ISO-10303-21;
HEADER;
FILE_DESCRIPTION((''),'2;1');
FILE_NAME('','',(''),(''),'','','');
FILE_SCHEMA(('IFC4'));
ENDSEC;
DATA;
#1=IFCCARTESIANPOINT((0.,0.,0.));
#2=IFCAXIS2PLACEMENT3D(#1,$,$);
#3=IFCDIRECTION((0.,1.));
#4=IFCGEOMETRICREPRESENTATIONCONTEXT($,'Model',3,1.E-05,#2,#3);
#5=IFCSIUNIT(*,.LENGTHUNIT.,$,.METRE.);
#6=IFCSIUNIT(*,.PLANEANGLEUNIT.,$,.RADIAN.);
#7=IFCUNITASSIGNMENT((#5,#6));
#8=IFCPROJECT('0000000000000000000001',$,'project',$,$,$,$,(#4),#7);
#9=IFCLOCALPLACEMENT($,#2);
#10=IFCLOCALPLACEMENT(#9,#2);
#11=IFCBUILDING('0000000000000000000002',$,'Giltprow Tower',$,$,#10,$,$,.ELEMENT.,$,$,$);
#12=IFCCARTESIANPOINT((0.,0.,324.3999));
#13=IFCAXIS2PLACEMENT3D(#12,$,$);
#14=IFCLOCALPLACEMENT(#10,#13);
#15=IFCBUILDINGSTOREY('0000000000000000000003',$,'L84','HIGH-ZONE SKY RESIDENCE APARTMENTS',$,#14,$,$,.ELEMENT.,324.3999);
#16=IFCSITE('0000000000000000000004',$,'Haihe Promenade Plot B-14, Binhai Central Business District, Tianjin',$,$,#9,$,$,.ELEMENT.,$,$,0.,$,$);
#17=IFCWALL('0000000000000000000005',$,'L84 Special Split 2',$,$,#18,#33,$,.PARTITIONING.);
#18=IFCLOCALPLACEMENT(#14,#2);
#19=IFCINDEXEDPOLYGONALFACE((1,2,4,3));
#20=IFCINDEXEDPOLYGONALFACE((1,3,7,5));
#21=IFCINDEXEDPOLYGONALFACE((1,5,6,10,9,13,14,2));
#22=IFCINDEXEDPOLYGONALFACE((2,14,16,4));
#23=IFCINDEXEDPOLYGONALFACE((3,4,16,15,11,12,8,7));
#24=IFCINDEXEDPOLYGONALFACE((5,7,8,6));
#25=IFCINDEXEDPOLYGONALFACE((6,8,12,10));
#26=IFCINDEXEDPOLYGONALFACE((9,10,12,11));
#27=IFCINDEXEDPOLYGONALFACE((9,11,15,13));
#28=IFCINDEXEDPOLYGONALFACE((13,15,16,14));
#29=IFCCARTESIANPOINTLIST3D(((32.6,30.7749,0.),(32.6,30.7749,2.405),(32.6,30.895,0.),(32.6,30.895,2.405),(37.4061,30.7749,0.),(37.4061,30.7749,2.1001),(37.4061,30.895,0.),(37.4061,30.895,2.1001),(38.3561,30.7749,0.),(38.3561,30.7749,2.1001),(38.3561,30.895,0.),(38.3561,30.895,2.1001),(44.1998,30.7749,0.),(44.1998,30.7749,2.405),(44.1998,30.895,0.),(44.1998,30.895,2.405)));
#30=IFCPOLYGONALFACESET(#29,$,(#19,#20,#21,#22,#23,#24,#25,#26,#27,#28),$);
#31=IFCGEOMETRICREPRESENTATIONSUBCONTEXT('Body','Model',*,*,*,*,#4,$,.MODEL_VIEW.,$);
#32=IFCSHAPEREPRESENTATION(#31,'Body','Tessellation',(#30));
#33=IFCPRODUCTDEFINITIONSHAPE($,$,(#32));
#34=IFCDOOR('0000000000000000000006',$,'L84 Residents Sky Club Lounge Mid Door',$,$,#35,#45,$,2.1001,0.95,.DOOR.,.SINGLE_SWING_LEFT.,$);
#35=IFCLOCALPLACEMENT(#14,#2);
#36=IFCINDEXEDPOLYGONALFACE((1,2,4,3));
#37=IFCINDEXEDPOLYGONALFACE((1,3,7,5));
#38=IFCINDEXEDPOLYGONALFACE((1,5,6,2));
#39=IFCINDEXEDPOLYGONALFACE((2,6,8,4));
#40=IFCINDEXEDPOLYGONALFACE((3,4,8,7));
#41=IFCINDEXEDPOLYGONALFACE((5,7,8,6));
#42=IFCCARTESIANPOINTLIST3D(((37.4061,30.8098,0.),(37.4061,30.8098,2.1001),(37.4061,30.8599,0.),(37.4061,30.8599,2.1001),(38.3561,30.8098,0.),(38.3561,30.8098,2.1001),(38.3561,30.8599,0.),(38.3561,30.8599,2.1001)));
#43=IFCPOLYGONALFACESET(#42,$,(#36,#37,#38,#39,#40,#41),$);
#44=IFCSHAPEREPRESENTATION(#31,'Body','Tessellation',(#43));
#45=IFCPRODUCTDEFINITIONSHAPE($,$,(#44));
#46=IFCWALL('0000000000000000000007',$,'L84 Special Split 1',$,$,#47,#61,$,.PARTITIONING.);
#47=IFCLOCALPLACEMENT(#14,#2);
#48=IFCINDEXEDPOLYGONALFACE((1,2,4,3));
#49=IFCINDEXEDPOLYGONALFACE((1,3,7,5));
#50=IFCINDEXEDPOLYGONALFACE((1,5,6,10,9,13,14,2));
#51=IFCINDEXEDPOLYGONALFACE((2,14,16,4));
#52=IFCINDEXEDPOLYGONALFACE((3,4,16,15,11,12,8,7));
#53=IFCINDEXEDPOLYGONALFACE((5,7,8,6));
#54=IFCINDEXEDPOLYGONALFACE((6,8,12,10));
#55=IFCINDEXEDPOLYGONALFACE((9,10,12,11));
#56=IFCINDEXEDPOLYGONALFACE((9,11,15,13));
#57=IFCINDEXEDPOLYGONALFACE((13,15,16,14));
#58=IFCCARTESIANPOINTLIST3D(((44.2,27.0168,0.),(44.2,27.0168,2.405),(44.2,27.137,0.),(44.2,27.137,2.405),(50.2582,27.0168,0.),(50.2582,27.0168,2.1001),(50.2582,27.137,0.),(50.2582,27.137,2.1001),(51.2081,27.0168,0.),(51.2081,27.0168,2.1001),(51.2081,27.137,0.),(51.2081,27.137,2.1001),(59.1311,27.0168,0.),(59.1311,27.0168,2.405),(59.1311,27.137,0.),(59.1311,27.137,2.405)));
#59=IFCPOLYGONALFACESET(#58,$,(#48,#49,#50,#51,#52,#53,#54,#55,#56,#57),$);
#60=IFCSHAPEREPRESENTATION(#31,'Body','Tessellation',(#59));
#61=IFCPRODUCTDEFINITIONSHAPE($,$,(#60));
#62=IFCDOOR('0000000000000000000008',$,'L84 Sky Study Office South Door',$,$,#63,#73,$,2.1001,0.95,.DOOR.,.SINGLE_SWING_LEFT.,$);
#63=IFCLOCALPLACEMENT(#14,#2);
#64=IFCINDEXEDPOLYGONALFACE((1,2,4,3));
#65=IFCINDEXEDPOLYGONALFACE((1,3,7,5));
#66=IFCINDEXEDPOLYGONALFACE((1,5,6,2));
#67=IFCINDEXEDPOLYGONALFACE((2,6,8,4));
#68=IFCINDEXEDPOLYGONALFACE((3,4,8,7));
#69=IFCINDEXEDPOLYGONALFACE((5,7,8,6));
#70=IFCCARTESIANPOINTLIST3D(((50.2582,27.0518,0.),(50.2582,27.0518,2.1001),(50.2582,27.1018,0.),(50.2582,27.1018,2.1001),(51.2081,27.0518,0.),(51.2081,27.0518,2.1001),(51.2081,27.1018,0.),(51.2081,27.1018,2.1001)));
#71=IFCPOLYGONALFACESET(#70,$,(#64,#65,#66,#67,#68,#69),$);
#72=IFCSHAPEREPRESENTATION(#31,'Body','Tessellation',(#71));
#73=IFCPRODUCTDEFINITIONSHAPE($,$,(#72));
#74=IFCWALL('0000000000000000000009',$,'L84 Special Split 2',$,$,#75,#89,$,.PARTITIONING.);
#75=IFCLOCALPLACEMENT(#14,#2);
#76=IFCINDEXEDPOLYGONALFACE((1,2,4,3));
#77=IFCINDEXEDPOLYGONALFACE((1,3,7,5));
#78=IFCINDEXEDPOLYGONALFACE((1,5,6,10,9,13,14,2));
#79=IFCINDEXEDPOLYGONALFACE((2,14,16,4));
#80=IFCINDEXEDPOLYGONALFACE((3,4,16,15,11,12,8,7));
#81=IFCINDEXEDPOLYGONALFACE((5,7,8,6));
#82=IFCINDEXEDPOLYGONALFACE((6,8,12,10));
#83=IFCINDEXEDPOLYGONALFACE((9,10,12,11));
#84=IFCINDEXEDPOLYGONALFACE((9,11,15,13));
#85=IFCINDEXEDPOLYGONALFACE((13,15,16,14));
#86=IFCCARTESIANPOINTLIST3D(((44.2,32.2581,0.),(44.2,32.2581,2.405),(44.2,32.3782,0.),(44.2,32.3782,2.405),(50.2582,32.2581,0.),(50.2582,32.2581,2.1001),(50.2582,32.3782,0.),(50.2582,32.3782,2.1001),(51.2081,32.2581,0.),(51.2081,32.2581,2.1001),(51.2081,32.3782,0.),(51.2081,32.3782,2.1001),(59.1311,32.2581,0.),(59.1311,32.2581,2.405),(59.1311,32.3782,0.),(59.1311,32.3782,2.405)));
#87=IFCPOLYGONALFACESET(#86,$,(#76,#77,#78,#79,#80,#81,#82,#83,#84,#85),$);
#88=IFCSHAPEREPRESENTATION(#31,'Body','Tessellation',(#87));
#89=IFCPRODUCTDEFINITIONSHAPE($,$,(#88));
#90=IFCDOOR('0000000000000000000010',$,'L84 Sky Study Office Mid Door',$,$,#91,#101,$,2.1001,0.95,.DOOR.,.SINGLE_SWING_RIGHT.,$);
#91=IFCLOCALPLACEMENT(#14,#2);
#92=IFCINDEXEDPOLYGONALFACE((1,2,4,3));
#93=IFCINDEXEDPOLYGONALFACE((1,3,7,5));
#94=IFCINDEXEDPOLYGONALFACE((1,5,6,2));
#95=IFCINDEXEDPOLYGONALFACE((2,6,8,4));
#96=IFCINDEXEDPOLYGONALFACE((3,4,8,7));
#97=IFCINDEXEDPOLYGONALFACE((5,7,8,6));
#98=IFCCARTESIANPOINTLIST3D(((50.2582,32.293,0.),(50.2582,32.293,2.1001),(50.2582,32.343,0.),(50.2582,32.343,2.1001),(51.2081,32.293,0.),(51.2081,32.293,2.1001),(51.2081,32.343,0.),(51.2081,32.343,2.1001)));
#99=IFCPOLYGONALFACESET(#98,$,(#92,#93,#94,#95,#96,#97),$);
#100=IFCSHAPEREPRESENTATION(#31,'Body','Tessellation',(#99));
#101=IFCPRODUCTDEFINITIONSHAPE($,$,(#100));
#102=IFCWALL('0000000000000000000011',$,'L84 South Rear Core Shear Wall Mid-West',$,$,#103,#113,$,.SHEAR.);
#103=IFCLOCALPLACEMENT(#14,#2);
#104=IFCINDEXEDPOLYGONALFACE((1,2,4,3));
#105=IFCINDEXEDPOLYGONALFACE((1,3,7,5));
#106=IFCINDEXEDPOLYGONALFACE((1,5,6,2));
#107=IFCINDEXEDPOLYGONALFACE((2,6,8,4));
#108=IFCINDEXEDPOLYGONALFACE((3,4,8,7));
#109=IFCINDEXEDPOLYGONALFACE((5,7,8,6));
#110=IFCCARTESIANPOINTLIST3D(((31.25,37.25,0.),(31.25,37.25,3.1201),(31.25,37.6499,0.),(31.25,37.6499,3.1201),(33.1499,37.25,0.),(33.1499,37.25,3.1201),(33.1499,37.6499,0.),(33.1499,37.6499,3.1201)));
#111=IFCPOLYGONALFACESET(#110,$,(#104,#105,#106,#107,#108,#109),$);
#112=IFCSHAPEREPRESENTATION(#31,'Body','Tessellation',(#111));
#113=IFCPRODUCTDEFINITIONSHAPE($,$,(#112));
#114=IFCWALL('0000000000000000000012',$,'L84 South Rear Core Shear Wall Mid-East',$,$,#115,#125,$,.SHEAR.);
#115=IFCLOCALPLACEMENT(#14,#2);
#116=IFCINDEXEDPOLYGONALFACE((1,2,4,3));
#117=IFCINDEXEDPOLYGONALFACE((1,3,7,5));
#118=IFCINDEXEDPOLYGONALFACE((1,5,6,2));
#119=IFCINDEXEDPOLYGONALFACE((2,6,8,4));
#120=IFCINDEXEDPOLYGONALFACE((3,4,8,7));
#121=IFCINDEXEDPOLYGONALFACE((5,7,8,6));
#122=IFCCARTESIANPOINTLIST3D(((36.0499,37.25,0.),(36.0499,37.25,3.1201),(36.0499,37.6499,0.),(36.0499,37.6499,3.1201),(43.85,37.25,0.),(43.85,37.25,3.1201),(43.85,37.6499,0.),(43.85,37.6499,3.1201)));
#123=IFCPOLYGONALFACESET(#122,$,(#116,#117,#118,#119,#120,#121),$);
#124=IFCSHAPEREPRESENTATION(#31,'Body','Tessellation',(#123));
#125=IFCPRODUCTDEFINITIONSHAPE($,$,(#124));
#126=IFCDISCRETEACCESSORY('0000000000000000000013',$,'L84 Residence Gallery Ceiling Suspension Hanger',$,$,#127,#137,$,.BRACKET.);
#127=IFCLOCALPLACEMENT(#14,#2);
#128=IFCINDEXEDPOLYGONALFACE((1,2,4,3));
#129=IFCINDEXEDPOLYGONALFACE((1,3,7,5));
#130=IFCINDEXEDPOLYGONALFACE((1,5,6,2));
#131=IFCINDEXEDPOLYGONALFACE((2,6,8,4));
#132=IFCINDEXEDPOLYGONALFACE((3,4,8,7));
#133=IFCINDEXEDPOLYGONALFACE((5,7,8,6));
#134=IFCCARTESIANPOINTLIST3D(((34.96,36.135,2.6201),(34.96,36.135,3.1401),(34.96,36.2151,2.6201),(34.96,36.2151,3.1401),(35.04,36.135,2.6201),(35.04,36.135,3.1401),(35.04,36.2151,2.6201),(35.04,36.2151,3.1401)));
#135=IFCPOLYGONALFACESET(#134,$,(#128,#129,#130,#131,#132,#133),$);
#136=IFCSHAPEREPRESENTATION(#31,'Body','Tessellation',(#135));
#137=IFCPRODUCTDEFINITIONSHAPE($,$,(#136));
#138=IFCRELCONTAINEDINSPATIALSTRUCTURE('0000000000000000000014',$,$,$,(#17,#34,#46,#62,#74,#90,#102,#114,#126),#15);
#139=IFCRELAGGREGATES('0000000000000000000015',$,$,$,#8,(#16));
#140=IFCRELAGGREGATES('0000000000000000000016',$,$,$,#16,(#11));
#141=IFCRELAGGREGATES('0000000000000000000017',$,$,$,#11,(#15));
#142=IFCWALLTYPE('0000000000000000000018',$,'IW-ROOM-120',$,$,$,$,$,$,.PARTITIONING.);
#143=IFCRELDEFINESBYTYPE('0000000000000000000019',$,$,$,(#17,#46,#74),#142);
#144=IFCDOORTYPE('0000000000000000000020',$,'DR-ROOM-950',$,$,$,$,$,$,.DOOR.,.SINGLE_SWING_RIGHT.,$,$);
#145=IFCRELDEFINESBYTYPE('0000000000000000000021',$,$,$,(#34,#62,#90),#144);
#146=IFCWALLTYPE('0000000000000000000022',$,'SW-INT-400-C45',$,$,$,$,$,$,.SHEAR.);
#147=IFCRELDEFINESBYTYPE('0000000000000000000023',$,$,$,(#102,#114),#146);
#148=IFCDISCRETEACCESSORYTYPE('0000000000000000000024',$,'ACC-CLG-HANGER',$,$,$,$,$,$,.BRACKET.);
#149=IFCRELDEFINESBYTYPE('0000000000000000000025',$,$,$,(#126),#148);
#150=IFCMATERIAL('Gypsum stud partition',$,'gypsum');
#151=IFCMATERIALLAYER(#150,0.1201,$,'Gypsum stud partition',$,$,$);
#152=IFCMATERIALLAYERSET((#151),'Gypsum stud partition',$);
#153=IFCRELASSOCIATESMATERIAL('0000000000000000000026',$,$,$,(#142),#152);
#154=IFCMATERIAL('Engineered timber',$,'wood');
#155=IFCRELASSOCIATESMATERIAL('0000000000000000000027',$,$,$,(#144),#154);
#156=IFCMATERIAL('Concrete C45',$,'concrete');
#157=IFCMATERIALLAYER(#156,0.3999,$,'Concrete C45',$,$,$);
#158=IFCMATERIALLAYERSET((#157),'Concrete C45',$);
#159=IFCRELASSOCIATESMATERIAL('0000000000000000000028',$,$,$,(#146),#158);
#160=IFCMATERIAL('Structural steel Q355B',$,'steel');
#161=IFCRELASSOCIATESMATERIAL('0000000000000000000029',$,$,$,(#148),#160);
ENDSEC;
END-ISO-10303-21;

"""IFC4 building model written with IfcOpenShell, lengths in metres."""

from ifc_helpers import new_model, si_unit, direction, frame, frame_2d, origin, origin_2d, place, context, subcontext, project, spatial, rectangle, extrude, source, transform, mapped, material, layer, layer_set, type_object, element, fill, save


model = new_model("IFC4")

# Units and contexts
model_context = context("Model", 3, precision=1e-05, world=origin(), true_north=direction((0.0, 1.0)))
body_context = subcontext(model_context, "Body", "Model", "MODEL_VIEW")
ifc_project = project(units=[si_unit("LENGTHUNIT", "METRE"), si_unit("PLANEANGLEUNIT", "RADIAN")], contexts=[model_context])

# Site, building, storey
site_placement = place(None, origin())
site = spatial("IfcSite", under=ifc_project, at=site_placement, Name="Haihe Promenade Plot B-14, Binhai Central Business District, Tianjin", CompositionType="ELEMENT", RefElevation=0.0)
building_placement = place(site_placement, origin())
building = spatial("IfcBuilding", under=site, at=building_placement, Name="Giltprow Tower", CompositionType="ELEMENT")
storey_placement = place(building_placement, frame((0.0, 0.0, 324.3999)))
storey = spatial("IfcBuildingStorey", under=building, at=storey_placement, Name="L84", Description="HIGH-ZONE SKY RESIDENCE APARTMENTS", CompositionType="ELEMENT", Elevation=324.3999)

# Shared definitions
ifc_material_1 = material(Name="Concrete C45", Category="concrete")

# Shared definitions
ifc_material_2 = material(Name="Structural steel Q355B", Category="steel")

# Walls, openings, doors
ifc_material_3 = material(Name="Gypsum stud partition", Category="gypsum")
ifc_layer_1 = layer(ifc_material_3, 0.1201, Name="Gypsum stud partition")
ifc_layer_set_1 = layer_set([ifc_layer_1], Name="Gypsum stud partition")
wall_type_1 = type_object("IfcWallType", Name="IW-ROOM-120", PredefinedType="PARTITIONING", material=ifc_layer_set_1)
ifc_material_4 = material(Name="Engineered timber", Category="wood")
door_type = type_object("IfcDoorType", Name="DR-ROOM-950", OperationType="SINGLE_SWING_RIGHT", PredefinedType="DOOR", material=ifc_material_4)
shared_shape_1 = source(origin(), body_context, "Body", "SweptSolid", [
    extrude(rectangle(XDim=0.95, YDim=2.1001, at=frame_2d((0.4751, 1.05))), frame((0.0, 0.0249, 0.0), z_axis=(0.0, -1.0, 0.0), x_axis=(1.0, 0.0, 0.0)), (0.0, 0.0, 1.0), 0.05),
])
wall_1_placement = place(storey_placement, frame((32.6001, 30.835, 0.0), z_axis=(0.0, 0.0, 1.0), x_axis=(1.0, 0.0, 0.0)))
wall_1 = element("IfcWall", 1, at=wall_1_placement, inside=storey, type_object=wall_type_1, Name="L84 Special Split 2", PredefinedType="PARTITIONING", context=body_context, shape_type="SweptSolid", body=[
    extrude(rectangle(XDim=11.5999, YDim=0.1201, at=frame_2d((5.7998, 0.0))), origin(), (0.0, 0.0, 1.0), 2.405),
])
opening_1_placement = place(wall_1_placement, frame((4.8059, 0.0, 0.0)))
opening_1 = element("IfcOpeningElement", 2, at=opening_1_placement, cuts=wall_1, PredefinedType="OPENING", context=body_context, shape_type="SweptSolid", body=[
    extrude(rectangle(XDim=0.95, YDim=2.1001, at=frame_2d((0.4751, 1.05))), frame((0.0, 0.0701, 0.0), z_axis=(0.0, -1.0, 0.0), x_axis=(1.0, 0.0, 0.0)), (0.0, 0.0, 1.0), 0.1401),
])
door_1_placement = place(opening_1_placement, origin())
door_1 = element("IfcDoor", 3, at=door_1_placement, inside=storey, type_object=door_type, Name="L84 Residents Sky Club Lounge Mid Door", OperationType="SINGLE_SWING_LEFT", OverallHeight=2.1001, OverallWidth=0.95, PredefinedType="DOOR", context=body_context, shape_type="MappedRepresentation", body=[
    mapped(shared_shape_1, transform((0.0, 0.0, 0.0), x_axis=(1.0, 0.0, 0.0), y_axis=(0.0, 1.0, 0.0), z_axis=(0.0, 0.0, 1.0), scale=1.0)),
])
fill(opening_1, door_1)
wall_2_placement = place(storey_placement, frame((44.2, 27.0769, 0.0), z_axis=(0.0, 0.0, 1.0), x_axis=(1.0, 0.0, 0.0)))
wall_2 = element("IfcWall", 4, at=wall_2_placement, inside=storey, type_object=wall_type_1, Name="L84 Special Split 1", PredefinedType="PARTITIONING", context=body_context, shape_type="SweptSolid", body=[
    extrude(rectangle(XDim=14.9312, YDim=0.1201, at=frame_2d((7.4656, 0.0))), origin(), (0.0, 0.0, 1.0), 2.405),
])
opening_2_placement = place(wall_2_placement, frame((6.0581, 0.0, 0.0)))
opening_2 = element("IfcOpeningElement", 5, at=opening_2_placement, cuts=wall_2, PredefinedType="OPENING", context=body_context, shape_type="SweptSolid", body=[
    extrude(rectangle(XDim=0.95, YDim=2.1001, at=frame_2d((0.4751, 1.05))), frame((0.0, 0.0701, 0.0), z_axis=(0.0, -1.0, 0.0), x_axis=(1.0, 0.0, 0.0)), (0.0, 0.0, 1.0), 0.1401),
])
door_2_placement = place(opening_2_placement, origin())
door_2 = element("IfcDoor", 6, at=door_2_placement, inside=storey, type_object=door_type, Name="L84 Sky Study Office South Door", OperationType="SINGLE_SWING_LEFT", OverallHeight=2.1001, OverallWidth=0.95, PredefinedType="DOOR", context=body_context, shape_type="MappedRepresentation", body=[
    mapped(shared_shape_1, transform((0.0, 0.0, 0.0), x_axis=(1.0, 0.0, 0.0), y_axis=(0.0, 1.0, 0.0), z_axis=(0.0, 0.0, 1.0), scale=1.0)),
])
fill(opening_2, door_2)
wall_3_placement = place(storey_placement, frame((44.2, 32.3181, 0.0), z_axis=(0.0, 0.0, 1.0), x_axis=(1.0, 0.0, 0.0)))
wall_3 = element("IfcWall", 7, at=wall_3_placement, inside=storey, type_object=wall_type_1, Name="L84 Special Split 2", PredefinedType="PARTITIONING", context=body_context, shape_type="SweptSolid", body=[
    extrude(rectangle(XDim=14.9312, YDim=0.1201, at=frame_2d((7.4656, 0.0))), origin(), (0.0, 0.0, 1.0), 2.405),
])
opening_3_placement = place(wall_3_placement, frame((6.0581, 0.0, 0.0)))
opening_3 = element("IfcOpeningElement", 8, at=opening_3_placement, cuts=wall_3, PredefinedType="OPENING", context=body_context, shape_type="SweptSolid", body=[
    extrude(rectangle(XDim=0.95, YDim=2.1001, at=frame_2d((0.4751, 1.05))), frame((0.0, 0.0701, 0.0), z_axis=(0.0, -1.0, 0.0), x_axis=(1.0, 0.0, 0.0)), (0.0, 0.0, 1.0), 0.1401),
])
door_3_placement = place(opening_3_placement, origin())
door_3 = element("IfcDoor", 9, at=door_3_placement, inside=storey, type_object=door_type, Name="L84 Sky Study Office Mid Door", OperationType="SINGLE_SWING_RIGHT", OverallHeight=2.1001, OverallWidth=0.95, PredefinedType="DOOR", context=body_context, shape_type="MappedRepresentation", body=[
    mapped(shared_shape_1, transform((0.0, 0.0, 0.0), x_axis=(1.0, 0.0, 0.0), y_axis=(0.0, 1.0, 0.0), z_axis=(0.0, 0.0, 1.0), scale=1.0)),
])
fill(opening_3, door_3)

# Walls
ifc_layer_2 = layer(ifc_material_1, 0.3999, Name="Concrete C45")
ifc_layer_set_2 = layer_set([ifc_layer_2], Name="Concrete C45")
wall_type_2 = type_object("IfcWallType", Name="SW-INT-400-C45", PredefinedType="SHEAR", material=ifc_layer_set_2)
wall_4_placement = place(storey_placement, frame((31.25, 37.45, 0.0), z_axis=(0.0, 0.0, 1.0), x_axis=(1.0, 0.0, 0.0)))
element("IfcWall", 10, at=wall_4_placement, inside=storey, type_object=wall_type_2, Name="L84 South Rear Core Shear Wall Mid-West", PredefinedType="SHEAR", context=body_context, shape_type="SweptSolid", body=[
    extrude(rectangle(XDim=1.8999, YDim=0.3999, at=frame_2d((0.95, 0.0))), origin(), (0.0, 0.0, 1.0), 3.1201),
])
wall_5_placement = place(storey_placement, frame((36.05, 37.45, 0.0), z_axis=(0.0, 0.0, 1.0), x_axis=(1.0, 0.0, 0.0)))
element("IfcWall", 11, at=wall_5_placement, inside=storey, type_object=wall_type_2, Name="L84 South Rear Core Shear Wall Mid-East", PredefinedType="SHEAR", context=body_context, shape_type="SweptSolid", body=[
    extrude(rectangle(XDim=7.8, YDim=0.3999, at=frame_2d((3.8999, 0.0))), origin(), (0.0, 0.0, 1.0), 3.1201),
])

# Discrete accessory
discrete_accessory_type = type_object("IfcDiscreteAccessoryType", Name="ACC-CLG-HANGER", PredefinedType="BRACKET", material=ifc_material_2)
shared_shape_2 = source(origin(), body_context, "Body", "SweptSolid", [
    extrude(rectangle(XDim=0.0801, YDim=0.0801, at=origin_2d()), origin(), (0.0, 0.0, 1.0), 0.52),
])
discrete_accessory_placement = place(storey_placement, frame((35.0, 36.175, 2.6201), z_axis=(0.0, 0.0, 1.0), x_axis=(1.0, 0.0, 0.0)))
element("IfcDiscreteAccessory", 12, at=discrete_accessory_placement, inside=storey, type_object=discrete_accessory_type, Name="L84 Residence Gallery Ceiling Suspension Hanger", PredefinedType="BRACKET", context=body_context, shape_type="MappedRepresentation", body=[
    mapped(shared_shape_2, transform((0.0, 0.0, 0.0), x_axis=(1.0, 0.0, 0.0), y_axis=(0.0, 1.0, 0.0), z_axis=(0.0, 0.0, 1.0), scale=1.0)),
])

save(model, "model.ifc")
